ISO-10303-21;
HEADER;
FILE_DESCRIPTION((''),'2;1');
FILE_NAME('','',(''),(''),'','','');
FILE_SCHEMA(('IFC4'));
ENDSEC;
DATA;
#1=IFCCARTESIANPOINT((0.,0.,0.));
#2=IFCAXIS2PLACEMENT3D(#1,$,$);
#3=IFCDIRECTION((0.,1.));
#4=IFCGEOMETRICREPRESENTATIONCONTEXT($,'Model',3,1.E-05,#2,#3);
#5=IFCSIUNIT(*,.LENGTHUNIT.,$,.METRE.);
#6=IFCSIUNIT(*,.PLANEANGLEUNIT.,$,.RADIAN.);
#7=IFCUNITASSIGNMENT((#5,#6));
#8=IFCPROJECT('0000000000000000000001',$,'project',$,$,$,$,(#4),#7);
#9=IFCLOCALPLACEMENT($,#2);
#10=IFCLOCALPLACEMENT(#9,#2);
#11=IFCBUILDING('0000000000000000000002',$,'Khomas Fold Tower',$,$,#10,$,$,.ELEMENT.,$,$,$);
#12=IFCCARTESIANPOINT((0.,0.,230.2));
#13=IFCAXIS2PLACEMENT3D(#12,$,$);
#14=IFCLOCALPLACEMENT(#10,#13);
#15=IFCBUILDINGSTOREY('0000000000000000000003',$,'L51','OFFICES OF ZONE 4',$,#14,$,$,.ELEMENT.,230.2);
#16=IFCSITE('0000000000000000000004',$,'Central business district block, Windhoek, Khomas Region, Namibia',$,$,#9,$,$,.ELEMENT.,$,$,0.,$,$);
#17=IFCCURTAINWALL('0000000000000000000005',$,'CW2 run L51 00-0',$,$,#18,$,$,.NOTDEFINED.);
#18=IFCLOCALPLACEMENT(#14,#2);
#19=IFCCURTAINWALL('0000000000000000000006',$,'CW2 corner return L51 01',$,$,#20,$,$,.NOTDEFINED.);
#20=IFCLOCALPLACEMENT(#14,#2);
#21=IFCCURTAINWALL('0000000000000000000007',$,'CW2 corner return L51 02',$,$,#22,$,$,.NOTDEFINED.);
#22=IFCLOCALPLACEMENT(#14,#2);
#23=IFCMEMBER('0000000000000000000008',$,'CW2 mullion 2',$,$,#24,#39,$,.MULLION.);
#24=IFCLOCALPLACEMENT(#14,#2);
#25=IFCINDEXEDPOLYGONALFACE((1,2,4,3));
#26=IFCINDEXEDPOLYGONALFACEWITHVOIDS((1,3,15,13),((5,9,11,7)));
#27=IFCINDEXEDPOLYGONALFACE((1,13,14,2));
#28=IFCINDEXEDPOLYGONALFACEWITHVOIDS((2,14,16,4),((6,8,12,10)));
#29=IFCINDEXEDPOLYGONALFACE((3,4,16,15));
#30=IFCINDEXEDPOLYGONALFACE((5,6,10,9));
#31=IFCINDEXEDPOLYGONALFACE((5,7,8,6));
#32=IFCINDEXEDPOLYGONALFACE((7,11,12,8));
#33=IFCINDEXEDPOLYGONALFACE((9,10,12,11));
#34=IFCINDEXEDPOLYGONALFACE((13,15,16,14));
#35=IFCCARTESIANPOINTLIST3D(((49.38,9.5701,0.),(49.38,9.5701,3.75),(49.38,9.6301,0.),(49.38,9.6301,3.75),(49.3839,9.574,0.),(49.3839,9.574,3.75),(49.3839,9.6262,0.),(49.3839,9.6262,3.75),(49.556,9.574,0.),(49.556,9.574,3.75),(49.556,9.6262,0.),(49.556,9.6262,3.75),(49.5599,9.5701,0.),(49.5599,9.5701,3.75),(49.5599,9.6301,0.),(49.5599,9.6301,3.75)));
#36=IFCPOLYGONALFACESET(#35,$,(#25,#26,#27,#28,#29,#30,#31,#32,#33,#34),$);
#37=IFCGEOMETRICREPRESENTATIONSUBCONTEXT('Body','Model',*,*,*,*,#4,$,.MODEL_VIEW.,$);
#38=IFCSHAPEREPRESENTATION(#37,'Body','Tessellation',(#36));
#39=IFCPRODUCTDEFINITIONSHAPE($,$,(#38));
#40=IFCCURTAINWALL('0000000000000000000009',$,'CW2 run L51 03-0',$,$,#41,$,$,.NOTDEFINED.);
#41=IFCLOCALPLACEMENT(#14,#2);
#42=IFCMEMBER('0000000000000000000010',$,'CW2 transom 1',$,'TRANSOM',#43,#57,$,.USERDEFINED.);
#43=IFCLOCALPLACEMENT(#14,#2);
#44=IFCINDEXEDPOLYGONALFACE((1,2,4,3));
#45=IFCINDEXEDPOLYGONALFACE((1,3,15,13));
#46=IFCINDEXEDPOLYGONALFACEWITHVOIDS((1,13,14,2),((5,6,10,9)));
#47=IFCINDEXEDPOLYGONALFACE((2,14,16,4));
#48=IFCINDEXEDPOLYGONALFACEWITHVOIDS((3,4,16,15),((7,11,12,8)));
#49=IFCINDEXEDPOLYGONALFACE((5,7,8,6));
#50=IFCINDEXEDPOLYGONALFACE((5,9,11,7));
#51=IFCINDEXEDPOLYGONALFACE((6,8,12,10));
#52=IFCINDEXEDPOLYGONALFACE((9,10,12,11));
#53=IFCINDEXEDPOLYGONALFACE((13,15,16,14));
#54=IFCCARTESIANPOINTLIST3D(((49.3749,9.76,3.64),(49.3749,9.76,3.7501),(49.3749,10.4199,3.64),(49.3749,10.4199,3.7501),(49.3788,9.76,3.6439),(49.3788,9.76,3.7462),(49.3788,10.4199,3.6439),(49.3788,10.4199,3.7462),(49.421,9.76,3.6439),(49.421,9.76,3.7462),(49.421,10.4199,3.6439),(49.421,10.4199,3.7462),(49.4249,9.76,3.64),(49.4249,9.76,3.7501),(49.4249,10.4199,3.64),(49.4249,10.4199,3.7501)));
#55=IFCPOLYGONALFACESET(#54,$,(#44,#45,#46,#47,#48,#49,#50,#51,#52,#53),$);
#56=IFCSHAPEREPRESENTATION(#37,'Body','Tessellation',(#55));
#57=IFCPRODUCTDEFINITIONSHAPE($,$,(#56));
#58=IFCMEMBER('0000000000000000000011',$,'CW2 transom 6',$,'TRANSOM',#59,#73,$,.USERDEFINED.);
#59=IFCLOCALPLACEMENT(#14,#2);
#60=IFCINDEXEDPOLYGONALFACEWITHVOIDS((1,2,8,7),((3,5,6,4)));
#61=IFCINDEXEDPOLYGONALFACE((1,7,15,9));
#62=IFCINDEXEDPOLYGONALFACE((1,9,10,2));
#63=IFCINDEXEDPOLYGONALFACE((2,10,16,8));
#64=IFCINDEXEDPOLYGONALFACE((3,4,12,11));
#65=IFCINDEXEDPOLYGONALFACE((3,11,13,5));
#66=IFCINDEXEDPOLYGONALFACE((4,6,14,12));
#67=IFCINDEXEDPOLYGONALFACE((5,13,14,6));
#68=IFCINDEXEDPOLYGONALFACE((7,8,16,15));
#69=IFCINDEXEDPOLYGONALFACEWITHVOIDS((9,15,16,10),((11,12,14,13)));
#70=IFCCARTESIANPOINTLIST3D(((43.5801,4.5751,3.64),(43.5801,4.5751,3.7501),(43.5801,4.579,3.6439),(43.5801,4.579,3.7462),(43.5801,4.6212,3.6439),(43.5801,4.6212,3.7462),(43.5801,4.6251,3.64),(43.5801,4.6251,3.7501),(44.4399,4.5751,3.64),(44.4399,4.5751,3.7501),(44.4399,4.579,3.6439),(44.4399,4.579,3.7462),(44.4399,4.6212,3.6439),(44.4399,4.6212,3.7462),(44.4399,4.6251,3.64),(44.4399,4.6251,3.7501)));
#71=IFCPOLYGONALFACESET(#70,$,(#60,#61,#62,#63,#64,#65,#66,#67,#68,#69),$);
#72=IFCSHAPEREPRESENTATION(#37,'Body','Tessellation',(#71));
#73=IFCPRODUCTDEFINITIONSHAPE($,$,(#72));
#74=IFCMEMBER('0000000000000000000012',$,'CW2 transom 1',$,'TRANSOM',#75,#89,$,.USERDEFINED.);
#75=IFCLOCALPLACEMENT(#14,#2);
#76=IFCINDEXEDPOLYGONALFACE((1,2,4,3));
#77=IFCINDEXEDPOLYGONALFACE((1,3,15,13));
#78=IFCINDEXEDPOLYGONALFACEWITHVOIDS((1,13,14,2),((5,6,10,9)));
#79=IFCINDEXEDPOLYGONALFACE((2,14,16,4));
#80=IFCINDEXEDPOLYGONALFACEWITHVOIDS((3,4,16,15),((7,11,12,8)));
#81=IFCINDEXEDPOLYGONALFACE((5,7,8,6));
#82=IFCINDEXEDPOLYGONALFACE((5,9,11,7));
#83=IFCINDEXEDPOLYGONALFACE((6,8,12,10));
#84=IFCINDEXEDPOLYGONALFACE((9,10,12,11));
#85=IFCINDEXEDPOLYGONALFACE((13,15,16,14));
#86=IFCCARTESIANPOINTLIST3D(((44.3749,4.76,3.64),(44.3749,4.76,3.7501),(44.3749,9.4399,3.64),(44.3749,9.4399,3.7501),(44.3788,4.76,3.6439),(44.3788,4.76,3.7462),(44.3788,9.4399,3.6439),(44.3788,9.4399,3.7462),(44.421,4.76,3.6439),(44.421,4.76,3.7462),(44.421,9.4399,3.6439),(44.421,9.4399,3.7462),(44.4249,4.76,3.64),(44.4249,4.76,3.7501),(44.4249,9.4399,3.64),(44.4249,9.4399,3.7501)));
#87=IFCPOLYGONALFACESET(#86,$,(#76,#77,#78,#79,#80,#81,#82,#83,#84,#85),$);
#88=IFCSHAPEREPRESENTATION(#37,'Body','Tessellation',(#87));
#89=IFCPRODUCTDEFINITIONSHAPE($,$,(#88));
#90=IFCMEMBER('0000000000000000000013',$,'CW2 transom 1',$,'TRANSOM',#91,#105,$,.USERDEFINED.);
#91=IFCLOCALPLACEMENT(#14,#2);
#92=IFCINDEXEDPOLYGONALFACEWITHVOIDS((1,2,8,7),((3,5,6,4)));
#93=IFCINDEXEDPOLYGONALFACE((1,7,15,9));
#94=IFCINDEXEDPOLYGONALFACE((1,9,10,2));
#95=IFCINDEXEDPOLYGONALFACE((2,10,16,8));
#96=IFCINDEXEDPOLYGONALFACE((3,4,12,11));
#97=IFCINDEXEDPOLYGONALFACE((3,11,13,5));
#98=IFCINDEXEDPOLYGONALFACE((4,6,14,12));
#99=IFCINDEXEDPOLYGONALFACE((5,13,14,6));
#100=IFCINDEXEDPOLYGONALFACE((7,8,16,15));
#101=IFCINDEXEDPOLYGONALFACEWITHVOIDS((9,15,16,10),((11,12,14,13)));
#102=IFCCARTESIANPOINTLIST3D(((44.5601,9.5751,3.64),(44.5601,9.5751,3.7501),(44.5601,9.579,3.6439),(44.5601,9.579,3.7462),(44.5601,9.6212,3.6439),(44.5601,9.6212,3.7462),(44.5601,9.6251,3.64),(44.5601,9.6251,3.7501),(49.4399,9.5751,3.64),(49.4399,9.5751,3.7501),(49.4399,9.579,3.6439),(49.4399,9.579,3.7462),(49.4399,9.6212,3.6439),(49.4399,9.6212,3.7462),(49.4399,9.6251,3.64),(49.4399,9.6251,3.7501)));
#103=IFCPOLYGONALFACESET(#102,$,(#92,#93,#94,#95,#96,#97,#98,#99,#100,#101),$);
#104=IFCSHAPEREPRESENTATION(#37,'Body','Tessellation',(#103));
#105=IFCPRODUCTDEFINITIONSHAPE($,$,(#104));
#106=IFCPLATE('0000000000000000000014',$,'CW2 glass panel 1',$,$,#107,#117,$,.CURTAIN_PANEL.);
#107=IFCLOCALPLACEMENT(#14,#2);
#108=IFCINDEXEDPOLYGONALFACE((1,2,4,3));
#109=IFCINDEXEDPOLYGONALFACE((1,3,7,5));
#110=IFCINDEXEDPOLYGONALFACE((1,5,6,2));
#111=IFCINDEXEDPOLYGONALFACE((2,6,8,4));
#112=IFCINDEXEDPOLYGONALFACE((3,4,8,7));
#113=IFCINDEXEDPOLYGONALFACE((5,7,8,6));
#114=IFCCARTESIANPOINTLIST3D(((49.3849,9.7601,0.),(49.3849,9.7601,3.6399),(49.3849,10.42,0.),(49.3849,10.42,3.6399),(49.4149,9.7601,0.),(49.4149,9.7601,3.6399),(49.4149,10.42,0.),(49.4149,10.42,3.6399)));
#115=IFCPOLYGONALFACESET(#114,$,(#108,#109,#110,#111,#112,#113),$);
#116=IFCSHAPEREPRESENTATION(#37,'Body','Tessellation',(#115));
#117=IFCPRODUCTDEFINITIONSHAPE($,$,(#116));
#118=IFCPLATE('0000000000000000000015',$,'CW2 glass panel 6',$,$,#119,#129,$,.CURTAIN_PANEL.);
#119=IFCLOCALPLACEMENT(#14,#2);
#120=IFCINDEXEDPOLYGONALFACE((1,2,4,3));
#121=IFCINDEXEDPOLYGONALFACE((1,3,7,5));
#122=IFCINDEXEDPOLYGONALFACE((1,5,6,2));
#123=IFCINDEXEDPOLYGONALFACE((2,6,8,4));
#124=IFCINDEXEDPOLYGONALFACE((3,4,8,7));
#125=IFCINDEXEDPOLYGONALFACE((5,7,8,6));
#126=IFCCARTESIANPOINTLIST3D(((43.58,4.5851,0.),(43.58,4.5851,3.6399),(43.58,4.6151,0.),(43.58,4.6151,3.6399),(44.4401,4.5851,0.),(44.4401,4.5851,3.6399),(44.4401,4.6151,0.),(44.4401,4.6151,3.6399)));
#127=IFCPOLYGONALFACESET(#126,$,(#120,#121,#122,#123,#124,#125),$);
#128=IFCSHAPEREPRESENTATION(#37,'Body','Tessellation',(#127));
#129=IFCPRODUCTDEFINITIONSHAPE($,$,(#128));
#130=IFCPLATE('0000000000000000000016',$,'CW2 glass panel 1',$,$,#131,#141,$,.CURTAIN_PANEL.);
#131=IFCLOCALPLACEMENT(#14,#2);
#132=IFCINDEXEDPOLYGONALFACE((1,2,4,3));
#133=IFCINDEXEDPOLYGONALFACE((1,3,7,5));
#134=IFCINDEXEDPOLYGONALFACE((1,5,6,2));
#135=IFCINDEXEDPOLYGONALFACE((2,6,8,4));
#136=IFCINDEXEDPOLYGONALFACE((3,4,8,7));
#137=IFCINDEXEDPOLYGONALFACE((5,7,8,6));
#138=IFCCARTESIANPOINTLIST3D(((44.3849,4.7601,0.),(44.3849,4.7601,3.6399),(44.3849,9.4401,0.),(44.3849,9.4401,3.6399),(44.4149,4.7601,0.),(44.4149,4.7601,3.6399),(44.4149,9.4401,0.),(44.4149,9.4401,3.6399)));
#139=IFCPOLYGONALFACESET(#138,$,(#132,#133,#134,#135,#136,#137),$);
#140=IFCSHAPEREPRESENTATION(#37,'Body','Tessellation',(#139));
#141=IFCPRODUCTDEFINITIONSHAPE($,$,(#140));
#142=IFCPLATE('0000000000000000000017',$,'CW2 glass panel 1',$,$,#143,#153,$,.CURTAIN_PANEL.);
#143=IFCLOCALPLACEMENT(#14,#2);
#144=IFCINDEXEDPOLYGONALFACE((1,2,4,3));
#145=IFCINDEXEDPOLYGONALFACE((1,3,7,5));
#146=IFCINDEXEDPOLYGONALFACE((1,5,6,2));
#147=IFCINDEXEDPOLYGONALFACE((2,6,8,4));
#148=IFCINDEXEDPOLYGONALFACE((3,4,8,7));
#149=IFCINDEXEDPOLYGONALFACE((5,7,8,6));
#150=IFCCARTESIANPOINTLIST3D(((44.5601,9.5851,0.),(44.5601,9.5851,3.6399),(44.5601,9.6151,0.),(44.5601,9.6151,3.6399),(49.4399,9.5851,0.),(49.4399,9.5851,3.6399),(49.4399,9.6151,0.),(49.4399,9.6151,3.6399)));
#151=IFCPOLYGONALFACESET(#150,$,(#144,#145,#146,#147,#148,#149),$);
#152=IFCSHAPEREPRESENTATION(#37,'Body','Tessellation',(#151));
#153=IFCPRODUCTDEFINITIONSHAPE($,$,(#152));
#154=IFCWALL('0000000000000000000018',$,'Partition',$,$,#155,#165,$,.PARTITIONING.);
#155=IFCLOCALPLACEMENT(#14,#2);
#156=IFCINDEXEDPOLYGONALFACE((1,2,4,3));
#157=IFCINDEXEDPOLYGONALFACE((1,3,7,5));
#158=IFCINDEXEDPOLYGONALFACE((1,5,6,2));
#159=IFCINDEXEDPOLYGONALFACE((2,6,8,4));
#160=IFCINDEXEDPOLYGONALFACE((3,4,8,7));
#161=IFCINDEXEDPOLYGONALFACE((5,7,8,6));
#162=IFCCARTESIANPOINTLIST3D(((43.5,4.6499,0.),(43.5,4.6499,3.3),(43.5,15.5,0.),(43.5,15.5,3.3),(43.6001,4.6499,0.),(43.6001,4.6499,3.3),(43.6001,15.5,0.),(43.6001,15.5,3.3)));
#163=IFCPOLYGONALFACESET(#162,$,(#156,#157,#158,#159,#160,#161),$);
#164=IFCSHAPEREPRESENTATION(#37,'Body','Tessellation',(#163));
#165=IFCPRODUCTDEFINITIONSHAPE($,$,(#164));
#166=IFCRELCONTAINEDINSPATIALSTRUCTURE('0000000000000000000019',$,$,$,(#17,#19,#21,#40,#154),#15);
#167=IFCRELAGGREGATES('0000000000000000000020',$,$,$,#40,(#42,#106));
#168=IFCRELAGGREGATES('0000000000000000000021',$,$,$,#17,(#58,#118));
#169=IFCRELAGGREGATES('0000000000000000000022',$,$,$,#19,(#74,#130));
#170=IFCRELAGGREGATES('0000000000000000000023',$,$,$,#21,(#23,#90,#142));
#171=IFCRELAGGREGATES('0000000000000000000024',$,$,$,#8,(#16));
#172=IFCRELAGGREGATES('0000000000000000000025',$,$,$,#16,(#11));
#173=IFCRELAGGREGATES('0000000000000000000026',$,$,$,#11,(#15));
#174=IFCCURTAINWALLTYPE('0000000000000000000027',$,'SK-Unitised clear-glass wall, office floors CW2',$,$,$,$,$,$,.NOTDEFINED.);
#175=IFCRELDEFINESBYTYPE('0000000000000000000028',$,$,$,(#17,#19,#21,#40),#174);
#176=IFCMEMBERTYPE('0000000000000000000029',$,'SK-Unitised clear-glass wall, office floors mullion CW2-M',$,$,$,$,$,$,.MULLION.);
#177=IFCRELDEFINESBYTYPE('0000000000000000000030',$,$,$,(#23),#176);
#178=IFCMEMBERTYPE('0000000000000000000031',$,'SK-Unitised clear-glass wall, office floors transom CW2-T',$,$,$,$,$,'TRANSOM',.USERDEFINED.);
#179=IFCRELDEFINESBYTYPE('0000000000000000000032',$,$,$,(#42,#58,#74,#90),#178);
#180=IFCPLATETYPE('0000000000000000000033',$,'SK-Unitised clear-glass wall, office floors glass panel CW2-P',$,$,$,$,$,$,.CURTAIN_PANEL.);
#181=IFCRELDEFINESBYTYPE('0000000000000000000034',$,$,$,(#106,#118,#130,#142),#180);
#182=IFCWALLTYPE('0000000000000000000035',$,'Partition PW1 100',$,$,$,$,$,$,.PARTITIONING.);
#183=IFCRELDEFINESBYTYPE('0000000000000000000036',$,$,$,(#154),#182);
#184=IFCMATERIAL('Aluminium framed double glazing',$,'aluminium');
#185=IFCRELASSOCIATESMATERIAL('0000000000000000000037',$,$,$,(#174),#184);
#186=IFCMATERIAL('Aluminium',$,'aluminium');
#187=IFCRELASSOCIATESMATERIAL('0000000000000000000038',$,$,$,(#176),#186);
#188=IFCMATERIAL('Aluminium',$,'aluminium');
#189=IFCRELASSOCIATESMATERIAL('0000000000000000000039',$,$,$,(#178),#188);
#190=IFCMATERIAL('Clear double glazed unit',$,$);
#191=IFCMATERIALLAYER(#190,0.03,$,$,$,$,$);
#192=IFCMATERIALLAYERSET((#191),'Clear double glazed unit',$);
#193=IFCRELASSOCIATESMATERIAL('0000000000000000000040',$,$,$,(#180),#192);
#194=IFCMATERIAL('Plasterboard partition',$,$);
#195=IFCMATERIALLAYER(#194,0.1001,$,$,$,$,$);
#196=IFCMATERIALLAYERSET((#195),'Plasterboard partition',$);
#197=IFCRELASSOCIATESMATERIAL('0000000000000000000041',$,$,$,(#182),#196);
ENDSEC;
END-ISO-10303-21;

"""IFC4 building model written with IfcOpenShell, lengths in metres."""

from ifc_helpers import new_model, si_unit, direction, frame, frame_2d, origin, origin_2d, place, context, subcontext, project, spatial, rectangle, hollow_rectangle, extrude, source, transform, mapped, material, layer, layer_set, material_profile, profile_set, type_object, element, aggregate, save


model = new_model("IFC4")

# Units and contexts
model_context = context("Model", 3, precision=1e-05, world=origin(), true_north=direction((0.0, 1.0)))
body_context = subcontext(model_context, "Body", "Model", "MODEL_VIEW")
ifc_project = project(units=[si_unit("LENGTHUNIT", "METRE"), si_unit("PLANEANGLEUNIT", "RADIAN")], contexts=[model_context])

# Site, building, storey
site_placement = place(None, origin())
site = spatial("IfcSite", under=ifc_project, at=site_placement, Name="Central business district block, Windhoek, Khomas Region, Namibia", CompositionType="ELEMENT", RefElevation=0.0)
building_placement = place(site_placement, origin())
building = spatial("IfcBuilding", under=site, at=building_placement, Name="Khomas Fold Tower", CompositionType="ELEMENT")
storey_placement = place(building_placement, frame((0.0, 0.0, 230.2)))
storey = spatial("IfcBuildingStorey", under=building, at=storey_placement, Name="L51", Description="OFFICES OF ZONE 4", CompositionType="ELEMENT", Elevation=230.2)

# Curtain walls, member
ifc_material_1 = material(Name="Aluminium framed double glazing", Category="aluminium")
curtain_wall_type = type_object("IfcCurtainWallType", Name="SK-Unitised clear-glass wall, office floors CW2", PredefinedType="NOTDEFINED", material=ifc_material_1)
curtain_wall_1_placement = place(storey_placement, origin())
curtain_wall_1 = element("IfcCurtainWall", 1, at=curtain_wall_1_placement, inside=storey, type_object=curtain_wall_type, Name="CW2 run L51 00-0", PredefinedType="NOTDEFINED")
ifc_material_2 = material(Name="Aluminium", Category="aluminium")
ifc_material_profile_1 = material_profile(ifc_material_2, hollow_rectangle(XDim=0.0601, YDim=0.1799, WallThickness=0.0039, at=origin_2d()), Name="SK-Unitised clear-glass wall, office floors mullion CW2-M")
ifc_profile_set_1 = profile_set([ifc_material_profile_1], Name="Aluminium")
member_type_1 = type_object("IfcMemberType", Name="SK-Unitised clear-glass wall, office floors mullion CW2-M", PredefinedType="MULLION", material=ifc_profile_set_1)
shared_shape_1 = source(origin(), body_context, "Body", "SweptSolid", [
    extrude(hollow_rectangle(XDim=0.0601, YDim=0.1799, WallThickness=0.0039, at=origin_2d()), origin(), (0.0, 0.0, 1.0), 3.75),
])
curtain_wall_2_placement = place(storey_placement, origin())
curtain_wall_2 = element("IfcCurtainWall", 2, at=curtain_wall_2_placement, inside=storey, type_object=curtain_wall_type, Name="CW2 corner return L51 01", PredefinedType="NOTDEFINED")
curtain_wall_3_placement = place(storey_placement, origin())
curtain_wall_3 = element("IfcCurtainWall", 3, at=curtain_wall_3_placement, inside=storey, type_object=curtain_wall_type, Name="CW2 corner return L51 02", PredefinedType="NOTDEFINED")
member_1_placement = place(storey_placement, frame((49.47, 9.6001, 0.0), z_axis=(0.0, 0.0, 1.0), x_axis=(0.0, 1.0, 0.0)))
member_1 = element("IfcMember", 4, at=member_1_placement, type_object=member_type_1, Name="CW2 mullion 2", PredefinedType="MULLION", context=body_context, shape_type="MappedRepresentation", body=[
    mapped(shared_shape_1, transform((0.0, 0.0, 0.0))),
])

# Curtain wall, member
curtain_wall_4_placement = place(storey_placement, origin())
curtain_wall_4 = element("IfcCurtainWall", 5, at=curtain_wall_4_placement, inside=storey, type_object=curtain_wall_type, Name="CW2 run L51 03-0", PredefinedType="NOTDEFINED")
ifc_material_3 = material(Name="Aluminium", Category="aluminium")
ifc_material_profile_2 = material_profile(ifc_material_3, hollow_rectangle(XDim=0.05, YDim=0.1101, WallThickness=0.0039, at=origin_2d()), Name="SK-Unitised clear-glass wall, office floors transom CW2-T")
ifc_profile_set_2 = profile_set([ifc_material_profile_2], Name="Aluminium")
member_type_2 = type_object("IfcMemberType", Name="SK-Unitised clear-glass wall, office floors transom CW2-T", ElementType="TRANSOM", PredefinedType="USERDEFINED", material=ifc_profile_set_2)
shared_shape_2 = source(origin(), body_context, "Body", "SweptSolid", [
    extrude(hollow_rectangle(XDim=0.05, YDim=0.1101, WallThickness=0.0039, at=origin_2d()), origin(), (0.0, 0.0, 1.0), 0.6599),
])
member_2_placement = place(storey_placement, frame((49.3999, 9.76, 3.6951), z_axis=(0.0, 1.0, 0.0), x_axis=(-1.0, 0.0, 0.0)))
member_2 = element("IfcMember", 6, at=member_2_placement, type_object=member_type_2, Name="CW2 transom 1", ObjectType="TRANSOM", PredefinedType="USERDEFINED", context=body_context, shape_type="MappedRepresentation", body=[
    mapped(shared_shape_2, transform((0.0, 0.0, 0.0))),
])

# Members
shared_shape_3 = source(origin(), body_context, "Body", "SweptSolid", [
    extrude(hollow_rectangle(XDim=0.05, YDim=0.1101, WallThickness=0.0039, at=origin_2d()), origin(), (0.0, 0.0, 1.0), 0.8599),
])
member_3_placement = place(storey_placement, frame((43.5801, 4.6001, 3.6951), z_axis=(1.0, 0.0, 0.0), x_axis=(0.0, 1.0, 0.0)))
member_3 = element("IfcMember", 7, at=member_3_placement, type_object=member_type_2, Name="CW2 transom 6", ObjectType="TRANSOM", PredefinedType="USERDEFINED", context=body_context, shape_type="MappedRepresentation", body=[
    mapped(shared_shape_3, transform((0.0, 0.0, 0.0))),
])
shared_shape_4 = source(origin(), body_context, "Body", "SweptSolid", [
    extrude(hollow_rectangle(XDim=0.05, YDim=0.1101, WallThickness=0.0039, at=origin_2d()), origin(), (0.0, 0.0, 1.0), 4.6799),
])
member_4_placement = place(storey_placement, frame((44.3999, 4.76, 3.6951), z_axis=(0.0, 1.0, 0.0), x_axis=(-1.0, 0.0, 0.0)))
member_4 = element("IfcMember", 8, at=member_4_placement, type_object=member_type_2, Name="CW2 transom 1", ObjectType="TRANSOM", PredefinedType="USERDEFINED", context=body_context, shape_type="MappedRepresentation", body=[
    mapped(shared_shape_4, transform((0.0, 0.0, 0.0))),
])
shared_shape_5 = source(origin(), body_context, "Body", "SweptSolid", [
    extrude(hollow_rectangle(XDim=0.05, YDim=0.1101, WallThickness=0.0039, at=origin_2d()), origin(), (0.0, 0.0, 1.0), 4.8799),
])
member_5_placement = place(storey_placement, frame((44.5601, 9.6001, 3.6951), z_axis=(1.0, 0.0, 0.0), x_axis=(0.0, 1.0, 0.0)))
member_5 = element("IfcMember", 9, at=member_5_placement, type_object=member_type_2, Name="CW2 transom 1", ObjectType="TRANSOM", PredefinedType="USERDEFINED", context=body_context, shape_type="MappedRepresentation", body=[
    mapped(shared_shape_5, transform((0.0, 0.0, 0.0))),
])

# Plates
ifc_material_4 = material(Name="Clear double glazed unit")
ifc_layer_1 = layer(ifc_material_4, 0.03)
ifc_layer_set_1 = layer_set([ifc_layer_1], Name="Clear double glazed unit")
plate_type = type_object("IfcPlateType", Name="SK-Unitised clear-glass wall, office floors glass panel CW2-P", PredefinedType="CURTAIN_PANEL", material=ifc_layer_set_1)
shared_shape_6 = source(origin(), body_context, "Body", "SweptSolid", [
    extrude(rectangle(XDim=0.6599, YDim=0.03, at=origin_2d()), origin(), (0.0, 0.0, 1.0), 3.6399),
])
plate_1_placement = place(storey_placement, frame((49.3999, 10.0901, 0.0), z_axis=(0.0, 0.0, 1.0), x_axis=(0.0, 1.0, 0.0)))
plate_1 = element("IfcPlate", 10, at=plate_1_placement, type_object=plate_type, Name="CW2 glass panel 1", PredefinedType="CURTAIN_PANEL", context=body_context, shape_type="MappedRepresentation", body=[
    mapped(shared_shape_6, transform((0.0, 0.0, 0.0))),
])
aggregate(curtain_wall_4, [member_2, plate_1])
shared_shape_7 = source(origin(), body_context, "Body", "SweptSolid", [
    extrude(rectangle(XDim=0.8601, YDim=0.03, at=origin_2d()), origin(), (0.0, 0.0, 1.0), 3.6399),
])
plate_2_placement = place(storey_placement, frame((44.01, 4.6001, 0.0), z_axis=(0.0, 0.0, 1.0), x_axis=(1.0, 0.0, 0.0)))
plate_2 = element("IfcPlate", 11, at=plate_2_placement, type_object=plate_type, Name="CW2 glass panel 6", PredefinedType="CURTAIN_PANEL", context=body_context, shape_type="MappedRepresentation", body=[
    mapped(shared_shape_7, transform((0.0, 0.0, 0.0))),
])
aggregate(curtain_wall_1, [member_3, plate_2])
shared_shape_8 = source(origin(), body_context, "Body", "SweptSolid", [
    extrude(rectangle(XDim=4.6799, YDim=0.03, at=origin_2d()), origin(), (0.0, 0.0, 1.0), 3.6399),
])
plate_3_placement = place(storey_placement, frame((44.3999, 7.1001, 0.0), z_axis=(0.0, 0.0, 1.0), x_axis=(0.0, 1.0, 0.0)))
plate_3 = element("IfcPlate", 12, at=plate_3_placement, type_object=plate_type, Name="CW2 glass panel 1", PredefinedType="CURTAIN_PANEL", context=body_context, shape_type="MappedRepresentation", body=[
    mapped(shared_shape_8, transform((0.0, 0.0, 0.0))),
])
aggregate(curtain_wall_2, [member_4, plate_3])
shared_shape_9 = source(origin(), body_context, "Body", "SweptSolid", [
    extrude(rectangle(XDim=4.8799, YDim=0.03, at=origin_2d()), origin(), (0.0, 0.0, 1.0), 3.6399),
])
plate_4_placement = place(storey_placement, frame((47.0, 9.6001, 0.0), z_axis=(0.0, 0.0, 1.0), x_axis=(1.0, 0.0, 0.0)))
plate_4 = element("IfcPlate", 13, at=plate_4_placement, type_object=plate_type, Name="CW2 glass panel 1", PredefinedType="CURTAIN_PANEL", context=body_context, shape_type="MappedRepresentation", body=[
    mapped(shared_shape_9, transform((0.0, 0.0, 0.0))),
])
aggregate(curtain_wall_3, [member_1, member_5, plate_4])

# Wall
ifc_material_5 = material(Name="Plasterboard partition")
ifc_layer_2 = layer(ifc_material_5, 0.1001)
ifc_layer_set_2 = layer_set([ifc_layer_2], Name="Plasterboard partition")
wall_type = type_object("IfcWallType", Name="Partition PW1 100", PredefinedType="PARTITIONING", material=ifc_layer_set_2)
shared_shape_10 = source(origin(), body_context, "Body", "SweptSolid", [
    extrude(rectangle(XDim=10.8501, YDim=0.1001, at=frame_2d((5.425, 0.0))), origin(), (0.0, 0.0, 1.0), 3.3),
])
wall_placement = place(storey_placement, frame((43.55, 4.6499, 0.0), z_axis=(0.0, 0.0, 1.0), x_axis=(0.0, 1.0, 0.0)))
element("IfcWall", 14, at=wall_placement, inside=storey, type_object=wall_type, Name="Partition", PredefinedType="PARTITIONING", context=body_context, shape_type="MappedRepresentation", body=[
    mapped(shared_shape_10, transform((0.0, 0.0, 0.0))),
])

save(model, "model.ifc")
